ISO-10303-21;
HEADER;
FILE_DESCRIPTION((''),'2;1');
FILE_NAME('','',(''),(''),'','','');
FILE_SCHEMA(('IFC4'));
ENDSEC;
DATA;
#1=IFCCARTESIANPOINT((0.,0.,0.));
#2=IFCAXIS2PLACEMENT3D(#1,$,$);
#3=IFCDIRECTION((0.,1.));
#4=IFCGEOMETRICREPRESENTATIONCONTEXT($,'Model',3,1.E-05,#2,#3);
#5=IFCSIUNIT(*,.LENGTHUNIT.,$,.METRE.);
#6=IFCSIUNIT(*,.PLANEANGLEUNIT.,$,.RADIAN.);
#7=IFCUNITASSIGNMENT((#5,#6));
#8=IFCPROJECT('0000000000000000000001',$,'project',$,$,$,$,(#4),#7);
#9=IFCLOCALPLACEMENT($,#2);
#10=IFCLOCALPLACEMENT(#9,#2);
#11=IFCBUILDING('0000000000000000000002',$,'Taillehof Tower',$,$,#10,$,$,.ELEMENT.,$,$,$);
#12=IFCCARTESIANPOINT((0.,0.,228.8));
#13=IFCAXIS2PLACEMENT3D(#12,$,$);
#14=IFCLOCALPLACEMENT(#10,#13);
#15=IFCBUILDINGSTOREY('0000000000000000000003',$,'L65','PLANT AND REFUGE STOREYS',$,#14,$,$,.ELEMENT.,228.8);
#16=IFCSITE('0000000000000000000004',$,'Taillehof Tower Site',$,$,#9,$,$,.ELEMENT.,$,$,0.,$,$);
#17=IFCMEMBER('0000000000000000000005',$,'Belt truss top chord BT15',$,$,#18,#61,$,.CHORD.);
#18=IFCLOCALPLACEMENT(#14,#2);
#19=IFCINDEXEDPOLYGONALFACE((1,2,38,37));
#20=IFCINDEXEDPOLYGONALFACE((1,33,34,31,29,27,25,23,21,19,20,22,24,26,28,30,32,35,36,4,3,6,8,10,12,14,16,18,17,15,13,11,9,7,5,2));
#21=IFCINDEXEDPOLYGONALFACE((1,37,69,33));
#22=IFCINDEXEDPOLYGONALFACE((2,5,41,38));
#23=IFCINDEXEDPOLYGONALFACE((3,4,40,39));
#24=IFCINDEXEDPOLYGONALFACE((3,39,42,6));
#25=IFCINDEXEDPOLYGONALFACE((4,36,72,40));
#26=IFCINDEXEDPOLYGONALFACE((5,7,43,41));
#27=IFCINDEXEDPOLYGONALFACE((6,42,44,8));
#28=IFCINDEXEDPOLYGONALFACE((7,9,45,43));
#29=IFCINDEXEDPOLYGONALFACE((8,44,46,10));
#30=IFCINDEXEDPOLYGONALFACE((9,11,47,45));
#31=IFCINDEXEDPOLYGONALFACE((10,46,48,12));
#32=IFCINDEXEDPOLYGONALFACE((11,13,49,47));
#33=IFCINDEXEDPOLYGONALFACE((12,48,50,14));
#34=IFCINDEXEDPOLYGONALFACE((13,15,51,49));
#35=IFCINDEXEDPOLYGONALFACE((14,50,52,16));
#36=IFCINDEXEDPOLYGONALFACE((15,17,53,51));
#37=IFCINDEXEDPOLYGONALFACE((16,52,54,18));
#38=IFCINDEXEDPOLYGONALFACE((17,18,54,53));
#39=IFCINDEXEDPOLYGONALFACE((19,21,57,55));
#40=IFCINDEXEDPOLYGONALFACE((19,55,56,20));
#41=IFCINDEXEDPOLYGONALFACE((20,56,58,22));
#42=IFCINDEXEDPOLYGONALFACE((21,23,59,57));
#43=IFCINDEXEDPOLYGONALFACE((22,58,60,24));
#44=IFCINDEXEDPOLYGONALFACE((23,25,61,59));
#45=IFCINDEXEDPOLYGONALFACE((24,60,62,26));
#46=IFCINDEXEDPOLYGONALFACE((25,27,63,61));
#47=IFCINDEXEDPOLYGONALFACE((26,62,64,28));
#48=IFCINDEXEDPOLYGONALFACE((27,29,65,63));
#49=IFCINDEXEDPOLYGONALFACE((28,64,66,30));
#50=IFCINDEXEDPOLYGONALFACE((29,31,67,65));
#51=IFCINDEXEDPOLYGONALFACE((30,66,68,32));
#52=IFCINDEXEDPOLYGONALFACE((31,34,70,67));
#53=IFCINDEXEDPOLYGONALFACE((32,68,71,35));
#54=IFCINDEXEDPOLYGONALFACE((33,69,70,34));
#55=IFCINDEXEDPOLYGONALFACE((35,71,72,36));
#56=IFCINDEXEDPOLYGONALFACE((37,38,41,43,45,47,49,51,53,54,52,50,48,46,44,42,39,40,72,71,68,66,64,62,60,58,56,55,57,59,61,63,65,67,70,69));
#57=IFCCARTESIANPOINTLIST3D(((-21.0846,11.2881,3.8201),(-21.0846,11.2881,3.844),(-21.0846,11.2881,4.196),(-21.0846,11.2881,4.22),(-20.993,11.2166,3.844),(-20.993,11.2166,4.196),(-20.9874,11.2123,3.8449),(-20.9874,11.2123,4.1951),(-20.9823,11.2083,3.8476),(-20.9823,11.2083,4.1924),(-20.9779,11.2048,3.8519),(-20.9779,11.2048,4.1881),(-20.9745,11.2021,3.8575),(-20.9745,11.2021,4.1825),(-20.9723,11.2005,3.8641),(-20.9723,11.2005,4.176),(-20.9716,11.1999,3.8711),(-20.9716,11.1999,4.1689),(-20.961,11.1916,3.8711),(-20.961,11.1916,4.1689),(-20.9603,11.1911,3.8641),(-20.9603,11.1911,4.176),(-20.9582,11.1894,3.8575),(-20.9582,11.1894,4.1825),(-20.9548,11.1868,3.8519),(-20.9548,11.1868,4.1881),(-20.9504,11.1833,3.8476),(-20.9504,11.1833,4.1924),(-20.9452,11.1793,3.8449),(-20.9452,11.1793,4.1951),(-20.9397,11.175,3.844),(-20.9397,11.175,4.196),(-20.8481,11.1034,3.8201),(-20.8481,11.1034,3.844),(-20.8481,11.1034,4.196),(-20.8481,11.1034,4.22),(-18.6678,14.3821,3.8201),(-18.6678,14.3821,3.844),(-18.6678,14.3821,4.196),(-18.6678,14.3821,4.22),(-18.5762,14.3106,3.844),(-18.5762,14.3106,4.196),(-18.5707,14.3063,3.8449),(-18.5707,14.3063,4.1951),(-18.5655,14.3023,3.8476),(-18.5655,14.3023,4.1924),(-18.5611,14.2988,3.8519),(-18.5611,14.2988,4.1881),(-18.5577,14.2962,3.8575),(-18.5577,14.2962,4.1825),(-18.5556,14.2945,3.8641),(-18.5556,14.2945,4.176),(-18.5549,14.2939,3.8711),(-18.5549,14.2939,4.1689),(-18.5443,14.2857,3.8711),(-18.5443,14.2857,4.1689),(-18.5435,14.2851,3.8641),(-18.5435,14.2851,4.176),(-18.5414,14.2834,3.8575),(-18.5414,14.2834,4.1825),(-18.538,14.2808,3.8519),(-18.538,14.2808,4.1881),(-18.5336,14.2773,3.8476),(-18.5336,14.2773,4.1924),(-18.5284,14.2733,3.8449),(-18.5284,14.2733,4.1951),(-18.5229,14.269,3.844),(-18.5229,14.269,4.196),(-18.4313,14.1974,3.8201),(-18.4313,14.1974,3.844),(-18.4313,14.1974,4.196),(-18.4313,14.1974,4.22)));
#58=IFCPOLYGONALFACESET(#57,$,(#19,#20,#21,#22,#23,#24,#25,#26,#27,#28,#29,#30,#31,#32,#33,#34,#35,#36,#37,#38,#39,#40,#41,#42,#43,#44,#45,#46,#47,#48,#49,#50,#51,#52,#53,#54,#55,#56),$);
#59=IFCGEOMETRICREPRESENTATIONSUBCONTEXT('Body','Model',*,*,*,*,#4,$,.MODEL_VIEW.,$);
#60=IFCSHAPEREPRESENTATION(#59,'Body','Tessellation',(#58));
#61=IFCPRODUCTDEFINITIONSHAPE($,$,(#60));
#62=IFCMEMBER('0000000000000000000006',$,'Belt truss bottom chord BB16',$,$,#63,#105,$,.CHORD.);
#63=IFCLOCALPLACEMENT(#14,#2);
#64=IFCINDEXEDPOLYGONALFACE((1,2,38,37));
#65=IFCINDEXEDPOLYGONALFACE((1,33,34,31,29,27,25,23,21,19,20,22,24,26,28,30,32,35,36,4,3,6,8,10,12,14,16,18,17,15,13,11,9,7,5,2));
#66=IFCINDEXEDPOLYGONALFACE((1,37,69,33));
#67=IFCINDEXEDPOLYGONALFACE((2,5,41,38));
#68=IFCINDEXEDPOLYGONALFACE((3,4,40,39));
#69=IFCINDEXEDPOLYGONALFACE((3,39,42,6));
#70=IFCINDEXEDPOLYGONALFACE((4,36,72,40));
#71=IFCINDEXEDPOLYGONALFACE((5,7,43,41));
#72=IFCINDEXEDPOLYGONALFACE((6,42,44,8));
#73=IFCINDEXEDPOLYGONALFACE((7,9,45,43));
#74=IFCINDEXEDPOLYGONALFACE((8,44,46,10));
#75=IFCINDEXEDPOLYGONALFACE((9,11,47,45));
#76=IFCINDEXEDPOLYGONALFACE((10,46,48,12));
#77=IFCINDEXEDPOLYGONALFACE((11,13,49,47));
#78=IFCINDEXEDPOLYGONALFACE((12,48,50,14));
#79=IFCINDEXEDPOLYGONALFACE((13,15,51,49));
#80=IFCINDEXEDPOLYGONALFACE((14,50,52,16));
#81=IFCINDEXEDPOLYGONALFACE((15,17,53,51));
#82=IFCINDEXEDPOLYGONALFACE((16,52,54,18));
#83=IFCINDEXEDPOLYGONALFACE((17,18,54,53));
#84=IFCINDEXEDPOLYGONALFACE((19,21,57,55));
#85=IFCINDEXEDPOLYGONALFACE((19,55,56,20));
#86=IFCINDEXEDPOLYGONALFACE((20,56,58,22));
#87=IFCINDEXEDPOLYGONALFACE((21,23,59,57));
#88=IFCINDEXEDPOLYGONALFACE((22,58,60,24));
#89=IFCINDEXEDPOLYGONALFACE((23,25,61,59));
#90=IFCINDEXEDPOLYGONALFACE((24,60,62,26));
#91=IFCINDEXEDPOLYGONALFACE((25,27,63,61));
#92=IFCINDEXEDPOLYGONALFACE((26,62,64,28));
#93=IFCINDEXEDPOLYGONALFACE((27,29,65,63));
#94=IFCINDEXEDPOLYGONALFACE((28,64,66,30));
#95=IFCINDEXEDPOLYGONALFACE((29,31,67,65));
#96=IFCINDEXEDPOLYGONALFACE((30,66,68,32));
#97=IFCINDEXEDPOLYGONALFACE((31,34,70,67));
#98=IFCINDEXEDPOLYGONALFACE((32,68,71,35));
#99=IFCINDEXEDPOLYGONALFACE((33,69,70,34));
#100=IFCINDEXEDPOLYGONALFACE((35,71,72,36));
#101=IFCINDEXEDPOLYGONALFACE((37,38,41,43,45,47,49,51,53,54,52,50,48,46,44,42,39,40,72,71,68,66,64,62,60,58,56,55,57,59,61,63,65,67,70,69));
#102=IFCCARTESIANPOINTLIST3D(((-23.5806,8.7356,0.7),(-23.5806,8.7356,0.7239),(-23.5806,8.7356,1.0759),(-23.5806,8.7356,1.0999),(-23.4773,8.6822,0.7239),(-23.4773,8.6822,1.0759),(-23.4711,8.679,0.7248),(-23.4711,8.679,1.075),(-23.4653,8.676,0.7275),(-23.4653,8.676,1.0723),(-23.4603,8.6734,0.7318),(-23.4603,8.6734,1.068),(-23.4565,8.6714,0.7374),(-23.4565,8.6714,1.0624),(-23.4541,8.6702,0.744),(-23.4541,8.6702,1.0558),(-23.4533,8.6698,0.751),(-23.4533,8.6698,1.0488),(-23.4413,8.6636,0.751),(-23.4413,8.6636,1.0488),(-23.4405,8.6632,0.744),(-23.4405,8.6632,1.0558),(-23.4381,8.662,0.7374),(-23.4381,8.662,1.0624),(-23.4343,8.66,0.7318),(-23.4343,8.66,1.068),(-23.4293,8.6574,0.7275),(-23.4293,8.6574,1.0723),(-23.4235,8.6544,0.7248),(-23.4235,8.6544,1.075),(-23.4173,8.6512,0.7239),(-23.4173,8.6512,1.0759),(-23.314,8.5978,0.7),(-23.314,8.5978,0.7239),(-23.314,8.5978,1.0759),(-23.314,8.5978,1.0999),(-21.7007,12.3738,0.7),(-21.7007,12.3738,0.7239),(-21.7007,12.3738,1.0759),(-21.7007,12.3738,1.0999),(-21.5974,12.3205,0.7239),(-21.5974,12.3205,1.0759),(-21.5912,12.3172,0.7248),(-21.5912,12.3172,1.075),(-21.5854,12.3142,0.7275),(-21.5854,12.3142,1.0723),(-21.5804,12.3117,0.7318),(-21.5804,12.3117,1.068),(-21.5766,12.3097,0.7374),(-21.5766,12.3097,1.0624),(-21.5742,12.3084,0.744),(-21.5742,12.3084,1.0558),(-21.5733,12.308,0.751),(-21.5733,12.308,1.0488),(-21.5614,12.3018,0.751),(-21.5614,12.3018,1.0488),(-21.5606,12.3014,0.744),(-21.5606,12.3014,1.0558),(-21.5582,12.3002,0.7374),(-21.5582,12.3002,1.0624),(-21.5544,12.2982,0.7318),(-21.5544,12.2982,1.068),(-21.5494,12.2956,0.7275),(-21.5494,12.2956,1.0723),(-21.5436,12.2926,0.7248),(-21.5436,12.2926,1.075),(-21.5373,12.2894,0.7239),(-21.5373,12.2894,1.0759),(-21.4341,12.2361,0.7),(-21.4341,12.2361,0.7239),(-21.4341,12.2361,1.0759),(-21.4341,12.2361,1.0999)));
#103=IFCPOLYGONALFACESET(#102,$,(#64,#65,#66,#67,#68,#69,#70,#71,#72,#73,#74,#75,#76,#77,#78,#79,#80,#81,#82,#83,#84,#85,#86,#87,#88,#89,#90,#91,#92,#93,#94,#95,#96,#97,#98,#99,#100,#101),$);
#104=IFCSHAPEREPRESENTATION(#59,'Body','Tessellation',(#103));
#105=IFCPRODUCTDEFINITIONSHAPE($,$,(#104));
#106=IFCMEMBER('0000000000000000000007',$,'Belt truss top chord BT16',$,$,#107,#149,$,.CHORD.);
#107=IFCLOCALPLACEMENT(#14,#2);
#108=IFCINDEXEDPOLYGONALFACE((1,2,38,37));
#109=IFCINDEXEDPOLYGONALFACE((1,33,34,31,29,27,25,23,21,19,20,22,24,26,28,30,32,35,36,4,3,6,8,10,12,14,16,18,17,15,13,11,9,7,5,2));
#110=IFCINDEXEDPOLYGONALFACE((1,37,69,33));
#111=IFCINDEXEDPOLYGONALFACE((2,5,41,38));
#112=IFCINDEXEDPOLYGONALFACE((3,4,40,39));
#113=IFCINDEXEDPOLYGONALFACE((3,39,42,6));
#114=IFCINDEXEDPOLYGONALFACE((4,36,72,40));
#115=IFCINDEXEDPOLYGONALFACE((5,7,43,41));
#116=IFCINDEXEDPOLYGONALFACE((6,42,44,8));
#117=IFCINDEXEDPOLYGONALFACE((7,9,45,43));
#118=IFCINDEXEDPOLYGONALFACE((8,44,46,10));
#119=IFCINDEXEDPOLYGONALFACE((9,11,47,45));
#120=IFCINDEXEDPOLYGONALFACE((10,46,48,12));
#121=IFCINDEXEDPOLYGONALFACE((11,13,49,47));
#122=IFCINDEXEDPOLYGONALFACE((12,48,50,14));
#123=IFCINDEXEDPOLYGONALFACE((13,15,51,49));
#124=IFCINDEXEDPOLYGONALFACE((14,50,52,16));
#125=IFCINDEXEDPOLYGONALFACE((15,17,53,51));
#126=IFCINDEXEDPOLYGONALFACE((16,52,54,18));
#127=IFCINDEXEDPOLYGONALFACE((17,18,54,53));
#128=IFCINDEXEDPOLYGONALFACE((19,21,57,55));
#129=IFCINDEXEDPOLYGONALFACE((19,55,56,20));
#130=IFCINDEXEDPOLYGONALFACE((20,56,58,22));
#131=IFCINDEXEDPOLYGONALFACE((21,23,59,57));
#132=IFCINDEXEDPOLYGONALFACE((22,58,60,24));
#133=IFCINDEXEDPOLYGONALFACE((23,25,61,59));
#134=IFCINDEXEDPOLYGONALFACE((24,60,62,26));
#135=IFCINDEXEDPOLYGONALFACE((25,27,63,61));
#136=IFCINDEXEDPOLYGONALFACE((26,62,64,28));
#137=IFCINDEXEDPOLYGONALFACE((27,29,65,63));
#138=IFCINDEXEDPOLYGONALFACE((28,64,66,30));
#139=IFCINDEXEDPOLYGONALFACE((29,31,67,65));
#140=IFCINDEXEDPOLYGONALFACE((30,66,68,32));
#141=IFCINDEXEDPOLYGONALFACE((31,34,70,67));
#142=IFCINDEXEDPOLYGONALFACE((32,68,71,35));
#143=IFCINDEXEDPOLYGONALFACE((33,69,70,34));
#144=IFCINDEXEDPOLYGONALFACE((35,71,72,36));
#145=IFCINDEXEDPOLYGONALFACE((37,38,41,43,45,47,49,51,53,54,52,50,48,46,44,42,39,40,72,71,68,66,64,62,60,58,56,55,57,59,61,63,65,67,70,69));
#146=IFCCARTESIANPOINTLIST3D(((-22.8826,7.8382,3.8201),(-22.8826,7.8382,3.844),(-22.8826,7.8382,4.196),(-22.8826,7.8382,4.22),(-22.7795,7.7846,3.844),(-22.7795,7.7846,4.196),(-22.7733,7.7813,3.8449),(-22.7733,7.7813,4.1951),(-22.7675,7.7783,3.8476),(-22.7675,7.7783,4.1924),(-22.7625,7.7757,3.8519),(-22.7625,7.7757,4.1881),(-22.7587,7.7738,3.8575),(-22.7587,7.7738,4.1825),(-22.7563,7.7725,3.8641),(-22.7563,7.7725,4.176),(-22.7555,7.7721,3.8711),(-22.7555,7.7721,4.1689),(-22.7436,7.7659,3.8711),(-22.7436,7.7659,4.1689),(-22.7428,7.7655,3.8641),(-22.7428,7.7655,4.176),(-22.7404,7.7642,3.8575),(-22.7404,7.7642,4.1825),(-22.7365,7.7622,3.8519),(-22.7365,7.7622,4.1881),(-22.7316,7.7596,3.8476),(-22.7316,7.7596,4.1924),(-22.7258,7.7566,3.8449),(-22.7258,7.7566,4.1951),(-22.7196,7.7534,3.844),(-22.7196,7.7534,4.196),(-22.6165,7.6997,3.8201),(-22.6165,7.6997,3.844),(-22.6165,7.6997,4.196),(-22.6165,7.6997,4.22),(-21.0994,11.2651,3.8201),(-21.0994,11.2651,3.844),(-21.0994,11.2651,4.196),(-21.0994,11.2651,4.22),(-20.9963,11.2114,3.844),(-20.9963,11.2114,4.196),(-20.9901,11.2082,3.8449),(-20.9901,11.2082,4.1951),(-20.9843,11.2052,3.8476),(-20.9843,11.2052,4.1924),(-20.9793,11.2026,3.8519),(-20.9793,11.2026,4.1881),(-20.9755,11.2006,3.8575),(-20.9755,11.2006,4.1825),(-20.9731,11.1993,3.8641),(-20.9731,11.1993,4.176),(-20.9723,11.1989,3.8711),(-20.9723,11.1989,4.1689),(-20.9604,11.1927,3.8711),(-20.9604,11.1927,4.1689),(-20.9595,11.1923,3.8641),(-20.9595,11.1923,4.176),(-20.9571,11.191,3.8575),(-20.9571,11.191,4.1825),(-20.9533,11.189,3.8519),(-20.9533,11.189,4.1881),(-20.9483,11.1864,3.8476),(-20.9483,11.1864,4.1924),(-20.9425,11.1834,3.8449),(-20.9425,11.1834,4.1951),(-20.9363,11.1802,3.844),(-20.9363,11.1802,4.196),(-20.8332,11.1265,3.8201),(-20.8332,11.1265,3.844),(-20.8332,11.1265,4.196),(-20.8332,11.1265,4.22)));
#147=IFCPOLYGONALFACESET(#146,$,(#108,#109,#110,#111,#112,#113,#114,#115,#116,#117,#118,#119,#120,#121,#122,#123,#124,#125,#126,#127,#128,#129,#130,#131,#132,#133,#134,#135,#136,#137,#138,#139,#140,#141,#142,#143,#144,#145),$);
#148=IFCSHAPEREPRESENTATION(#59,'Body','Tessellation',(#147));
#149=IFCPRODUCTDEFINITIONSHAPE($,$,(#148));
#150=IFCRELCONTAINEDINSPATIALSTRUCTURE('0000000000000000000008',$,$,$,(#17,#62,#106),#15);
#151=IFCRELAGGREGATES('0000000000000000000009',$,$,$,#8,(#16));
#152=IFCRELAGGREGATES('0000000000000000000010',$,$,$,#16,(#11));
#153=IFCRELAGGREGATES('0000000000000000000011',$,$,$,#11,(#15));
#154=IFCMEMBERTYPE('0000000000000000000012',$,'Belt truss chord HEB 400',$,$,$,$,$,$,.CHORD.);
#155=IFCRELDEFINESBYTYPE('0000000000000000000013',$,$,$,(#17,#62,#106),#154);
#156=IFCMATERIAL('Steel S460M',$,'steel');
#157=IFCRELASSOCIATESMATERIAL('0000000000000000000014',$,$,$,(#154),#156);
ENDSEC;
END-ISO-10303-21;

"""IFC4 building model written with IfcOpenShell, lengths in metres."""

from ifc_helpers import new_model, si_unit, direction, frame, origin, origin_2d, place, context, subcontext, project, spatial, i_section, extrude, material, material_profile, profile_set, type_object, element, save


model = new_model("IFC4")

# Units and contexts
model_context = context("Model", 3, precision=1e-05, world=origin(), true_north=direction((0.0, 1.0)))
body_context = subcontext(model_context, "Body", "Model", "MODEL_VIEW")
ifc_project = project(units=[si_unit("LENGTHUNIT", "METRE"), si_unit("PLANEANGLEUNIT", "RADIAN")], contexts=[model_context])

# Site, building, storey
site_placement = place(None, origin())
site = spatial("IfcSite", under=ifc_project, at=site_placement, Name="Taillehof Tower Site", CompositionType="ELEMENT", RefElevation=0.0)
building_placement = place(site_placement, origin())
building = spatial("IfcBuilding", under=site, at=building_placement, Name="Taillehof Tower", CompositionType="ELEMENT")
storey_placement = place(building_placement, frame((0.0, 0.0, 228.8)))
storey = spatial("IfcBuildingStorey", under=building, at=storey_placement, Name="L65", Description="PLANT AND REFUGE STOREYS", CompositionType="ELEMENT", Elevation=228.8)

# Members
ifc_material_1 = material(Name="Steel S460M", Category="steel")
ifc_material_profile_1 = material_profile(ifc_material_1, i_section(OverallWidth=0.3, OverallDepth=0.3999, WebThickness=0.0134, FlangeThickness=0.0239, FilletRadius=0.0271, at=origin_2d()), Name="HEB 400")
ifc_profile_set_1 = profile_set([ifc_material_profile_1], Name="Steel S460M")
member_type_1 = type_object("IfcMemberType", Name="Belt truss chord HEB 400", PredefinedType="CHORD", material=ifc_profile_set_1)
member_1_placement = place(storey_placement, frame((-18.5496, 14.2898, 4.02), z_axis=(-0.615575, -0.788078, 0.0), x_axis=(0.788078, -0.615575, 0.0)))
element("IfcMember", 1, at=member_1_placement, inside=storey, type_object=member_type_1, Name="Belt truss top chord BT15", PredefinedType="CHORD", context=body_context, shape_type="SweptSolid", body=[
    extrude(i_section(OverallWidth=0.3, OverallDepth=0.3999, WebThickness=0.0134, FlangeThickness=0.0239, FilletRadius=0.0271, at=origin_2d()), origin(), (0.0, 0.0, 1.0), 3.926),
])
member_2_placement = place(storey_placement, frame((-21.5674, 12.3049, 0.8999), z_axis=(-0.45905, -0.888411, 0.0), x_axis=(0.888411, -0.45905, 0.0)))
element("IfcMember", 2, at=member_2_placement, inside=storey, type_object=member_type_1, Name="Belt truss bottom chord BB16", PredefinedType="CHORD", context=body_context, shape_type="SweptSolid", body=[
    extrude(i_section(OverallWidth=0.3, OverallDepth=0.3999, WebThickness=0.0134, FlangeThickness=0.0239, FilletRadius=0.0271, at=origin_2d()), origin(), (0.0, 0.0, 1.0), 4.0952),
])
member_3_placement = place(storey_placement, frame((-20.9663, 11.1958, 4.02), z_axis=(-0.461615, -0.88708, 0.0), x_axis=(0.88708, -0.461615, 0.0)))
element("IfcMember", 3, at=member_3_placement, inside=storey, type_object=member_type_1, Name="Belt truss top chord BT16", PredefinedType="CHORD", context=body_context, shape_type="SweptSolid", body=[
    extrude(i_section(OverallWidth=0.3, OverallDepth=0.3999, WebThickness=0.0134, FlangeThickness=0.0239, FilletRadius=0.0271, at=origin_2d()), origin(), (0.0, 0.0, 1.0), 3.863),
])

save(model, "model.ifc")
